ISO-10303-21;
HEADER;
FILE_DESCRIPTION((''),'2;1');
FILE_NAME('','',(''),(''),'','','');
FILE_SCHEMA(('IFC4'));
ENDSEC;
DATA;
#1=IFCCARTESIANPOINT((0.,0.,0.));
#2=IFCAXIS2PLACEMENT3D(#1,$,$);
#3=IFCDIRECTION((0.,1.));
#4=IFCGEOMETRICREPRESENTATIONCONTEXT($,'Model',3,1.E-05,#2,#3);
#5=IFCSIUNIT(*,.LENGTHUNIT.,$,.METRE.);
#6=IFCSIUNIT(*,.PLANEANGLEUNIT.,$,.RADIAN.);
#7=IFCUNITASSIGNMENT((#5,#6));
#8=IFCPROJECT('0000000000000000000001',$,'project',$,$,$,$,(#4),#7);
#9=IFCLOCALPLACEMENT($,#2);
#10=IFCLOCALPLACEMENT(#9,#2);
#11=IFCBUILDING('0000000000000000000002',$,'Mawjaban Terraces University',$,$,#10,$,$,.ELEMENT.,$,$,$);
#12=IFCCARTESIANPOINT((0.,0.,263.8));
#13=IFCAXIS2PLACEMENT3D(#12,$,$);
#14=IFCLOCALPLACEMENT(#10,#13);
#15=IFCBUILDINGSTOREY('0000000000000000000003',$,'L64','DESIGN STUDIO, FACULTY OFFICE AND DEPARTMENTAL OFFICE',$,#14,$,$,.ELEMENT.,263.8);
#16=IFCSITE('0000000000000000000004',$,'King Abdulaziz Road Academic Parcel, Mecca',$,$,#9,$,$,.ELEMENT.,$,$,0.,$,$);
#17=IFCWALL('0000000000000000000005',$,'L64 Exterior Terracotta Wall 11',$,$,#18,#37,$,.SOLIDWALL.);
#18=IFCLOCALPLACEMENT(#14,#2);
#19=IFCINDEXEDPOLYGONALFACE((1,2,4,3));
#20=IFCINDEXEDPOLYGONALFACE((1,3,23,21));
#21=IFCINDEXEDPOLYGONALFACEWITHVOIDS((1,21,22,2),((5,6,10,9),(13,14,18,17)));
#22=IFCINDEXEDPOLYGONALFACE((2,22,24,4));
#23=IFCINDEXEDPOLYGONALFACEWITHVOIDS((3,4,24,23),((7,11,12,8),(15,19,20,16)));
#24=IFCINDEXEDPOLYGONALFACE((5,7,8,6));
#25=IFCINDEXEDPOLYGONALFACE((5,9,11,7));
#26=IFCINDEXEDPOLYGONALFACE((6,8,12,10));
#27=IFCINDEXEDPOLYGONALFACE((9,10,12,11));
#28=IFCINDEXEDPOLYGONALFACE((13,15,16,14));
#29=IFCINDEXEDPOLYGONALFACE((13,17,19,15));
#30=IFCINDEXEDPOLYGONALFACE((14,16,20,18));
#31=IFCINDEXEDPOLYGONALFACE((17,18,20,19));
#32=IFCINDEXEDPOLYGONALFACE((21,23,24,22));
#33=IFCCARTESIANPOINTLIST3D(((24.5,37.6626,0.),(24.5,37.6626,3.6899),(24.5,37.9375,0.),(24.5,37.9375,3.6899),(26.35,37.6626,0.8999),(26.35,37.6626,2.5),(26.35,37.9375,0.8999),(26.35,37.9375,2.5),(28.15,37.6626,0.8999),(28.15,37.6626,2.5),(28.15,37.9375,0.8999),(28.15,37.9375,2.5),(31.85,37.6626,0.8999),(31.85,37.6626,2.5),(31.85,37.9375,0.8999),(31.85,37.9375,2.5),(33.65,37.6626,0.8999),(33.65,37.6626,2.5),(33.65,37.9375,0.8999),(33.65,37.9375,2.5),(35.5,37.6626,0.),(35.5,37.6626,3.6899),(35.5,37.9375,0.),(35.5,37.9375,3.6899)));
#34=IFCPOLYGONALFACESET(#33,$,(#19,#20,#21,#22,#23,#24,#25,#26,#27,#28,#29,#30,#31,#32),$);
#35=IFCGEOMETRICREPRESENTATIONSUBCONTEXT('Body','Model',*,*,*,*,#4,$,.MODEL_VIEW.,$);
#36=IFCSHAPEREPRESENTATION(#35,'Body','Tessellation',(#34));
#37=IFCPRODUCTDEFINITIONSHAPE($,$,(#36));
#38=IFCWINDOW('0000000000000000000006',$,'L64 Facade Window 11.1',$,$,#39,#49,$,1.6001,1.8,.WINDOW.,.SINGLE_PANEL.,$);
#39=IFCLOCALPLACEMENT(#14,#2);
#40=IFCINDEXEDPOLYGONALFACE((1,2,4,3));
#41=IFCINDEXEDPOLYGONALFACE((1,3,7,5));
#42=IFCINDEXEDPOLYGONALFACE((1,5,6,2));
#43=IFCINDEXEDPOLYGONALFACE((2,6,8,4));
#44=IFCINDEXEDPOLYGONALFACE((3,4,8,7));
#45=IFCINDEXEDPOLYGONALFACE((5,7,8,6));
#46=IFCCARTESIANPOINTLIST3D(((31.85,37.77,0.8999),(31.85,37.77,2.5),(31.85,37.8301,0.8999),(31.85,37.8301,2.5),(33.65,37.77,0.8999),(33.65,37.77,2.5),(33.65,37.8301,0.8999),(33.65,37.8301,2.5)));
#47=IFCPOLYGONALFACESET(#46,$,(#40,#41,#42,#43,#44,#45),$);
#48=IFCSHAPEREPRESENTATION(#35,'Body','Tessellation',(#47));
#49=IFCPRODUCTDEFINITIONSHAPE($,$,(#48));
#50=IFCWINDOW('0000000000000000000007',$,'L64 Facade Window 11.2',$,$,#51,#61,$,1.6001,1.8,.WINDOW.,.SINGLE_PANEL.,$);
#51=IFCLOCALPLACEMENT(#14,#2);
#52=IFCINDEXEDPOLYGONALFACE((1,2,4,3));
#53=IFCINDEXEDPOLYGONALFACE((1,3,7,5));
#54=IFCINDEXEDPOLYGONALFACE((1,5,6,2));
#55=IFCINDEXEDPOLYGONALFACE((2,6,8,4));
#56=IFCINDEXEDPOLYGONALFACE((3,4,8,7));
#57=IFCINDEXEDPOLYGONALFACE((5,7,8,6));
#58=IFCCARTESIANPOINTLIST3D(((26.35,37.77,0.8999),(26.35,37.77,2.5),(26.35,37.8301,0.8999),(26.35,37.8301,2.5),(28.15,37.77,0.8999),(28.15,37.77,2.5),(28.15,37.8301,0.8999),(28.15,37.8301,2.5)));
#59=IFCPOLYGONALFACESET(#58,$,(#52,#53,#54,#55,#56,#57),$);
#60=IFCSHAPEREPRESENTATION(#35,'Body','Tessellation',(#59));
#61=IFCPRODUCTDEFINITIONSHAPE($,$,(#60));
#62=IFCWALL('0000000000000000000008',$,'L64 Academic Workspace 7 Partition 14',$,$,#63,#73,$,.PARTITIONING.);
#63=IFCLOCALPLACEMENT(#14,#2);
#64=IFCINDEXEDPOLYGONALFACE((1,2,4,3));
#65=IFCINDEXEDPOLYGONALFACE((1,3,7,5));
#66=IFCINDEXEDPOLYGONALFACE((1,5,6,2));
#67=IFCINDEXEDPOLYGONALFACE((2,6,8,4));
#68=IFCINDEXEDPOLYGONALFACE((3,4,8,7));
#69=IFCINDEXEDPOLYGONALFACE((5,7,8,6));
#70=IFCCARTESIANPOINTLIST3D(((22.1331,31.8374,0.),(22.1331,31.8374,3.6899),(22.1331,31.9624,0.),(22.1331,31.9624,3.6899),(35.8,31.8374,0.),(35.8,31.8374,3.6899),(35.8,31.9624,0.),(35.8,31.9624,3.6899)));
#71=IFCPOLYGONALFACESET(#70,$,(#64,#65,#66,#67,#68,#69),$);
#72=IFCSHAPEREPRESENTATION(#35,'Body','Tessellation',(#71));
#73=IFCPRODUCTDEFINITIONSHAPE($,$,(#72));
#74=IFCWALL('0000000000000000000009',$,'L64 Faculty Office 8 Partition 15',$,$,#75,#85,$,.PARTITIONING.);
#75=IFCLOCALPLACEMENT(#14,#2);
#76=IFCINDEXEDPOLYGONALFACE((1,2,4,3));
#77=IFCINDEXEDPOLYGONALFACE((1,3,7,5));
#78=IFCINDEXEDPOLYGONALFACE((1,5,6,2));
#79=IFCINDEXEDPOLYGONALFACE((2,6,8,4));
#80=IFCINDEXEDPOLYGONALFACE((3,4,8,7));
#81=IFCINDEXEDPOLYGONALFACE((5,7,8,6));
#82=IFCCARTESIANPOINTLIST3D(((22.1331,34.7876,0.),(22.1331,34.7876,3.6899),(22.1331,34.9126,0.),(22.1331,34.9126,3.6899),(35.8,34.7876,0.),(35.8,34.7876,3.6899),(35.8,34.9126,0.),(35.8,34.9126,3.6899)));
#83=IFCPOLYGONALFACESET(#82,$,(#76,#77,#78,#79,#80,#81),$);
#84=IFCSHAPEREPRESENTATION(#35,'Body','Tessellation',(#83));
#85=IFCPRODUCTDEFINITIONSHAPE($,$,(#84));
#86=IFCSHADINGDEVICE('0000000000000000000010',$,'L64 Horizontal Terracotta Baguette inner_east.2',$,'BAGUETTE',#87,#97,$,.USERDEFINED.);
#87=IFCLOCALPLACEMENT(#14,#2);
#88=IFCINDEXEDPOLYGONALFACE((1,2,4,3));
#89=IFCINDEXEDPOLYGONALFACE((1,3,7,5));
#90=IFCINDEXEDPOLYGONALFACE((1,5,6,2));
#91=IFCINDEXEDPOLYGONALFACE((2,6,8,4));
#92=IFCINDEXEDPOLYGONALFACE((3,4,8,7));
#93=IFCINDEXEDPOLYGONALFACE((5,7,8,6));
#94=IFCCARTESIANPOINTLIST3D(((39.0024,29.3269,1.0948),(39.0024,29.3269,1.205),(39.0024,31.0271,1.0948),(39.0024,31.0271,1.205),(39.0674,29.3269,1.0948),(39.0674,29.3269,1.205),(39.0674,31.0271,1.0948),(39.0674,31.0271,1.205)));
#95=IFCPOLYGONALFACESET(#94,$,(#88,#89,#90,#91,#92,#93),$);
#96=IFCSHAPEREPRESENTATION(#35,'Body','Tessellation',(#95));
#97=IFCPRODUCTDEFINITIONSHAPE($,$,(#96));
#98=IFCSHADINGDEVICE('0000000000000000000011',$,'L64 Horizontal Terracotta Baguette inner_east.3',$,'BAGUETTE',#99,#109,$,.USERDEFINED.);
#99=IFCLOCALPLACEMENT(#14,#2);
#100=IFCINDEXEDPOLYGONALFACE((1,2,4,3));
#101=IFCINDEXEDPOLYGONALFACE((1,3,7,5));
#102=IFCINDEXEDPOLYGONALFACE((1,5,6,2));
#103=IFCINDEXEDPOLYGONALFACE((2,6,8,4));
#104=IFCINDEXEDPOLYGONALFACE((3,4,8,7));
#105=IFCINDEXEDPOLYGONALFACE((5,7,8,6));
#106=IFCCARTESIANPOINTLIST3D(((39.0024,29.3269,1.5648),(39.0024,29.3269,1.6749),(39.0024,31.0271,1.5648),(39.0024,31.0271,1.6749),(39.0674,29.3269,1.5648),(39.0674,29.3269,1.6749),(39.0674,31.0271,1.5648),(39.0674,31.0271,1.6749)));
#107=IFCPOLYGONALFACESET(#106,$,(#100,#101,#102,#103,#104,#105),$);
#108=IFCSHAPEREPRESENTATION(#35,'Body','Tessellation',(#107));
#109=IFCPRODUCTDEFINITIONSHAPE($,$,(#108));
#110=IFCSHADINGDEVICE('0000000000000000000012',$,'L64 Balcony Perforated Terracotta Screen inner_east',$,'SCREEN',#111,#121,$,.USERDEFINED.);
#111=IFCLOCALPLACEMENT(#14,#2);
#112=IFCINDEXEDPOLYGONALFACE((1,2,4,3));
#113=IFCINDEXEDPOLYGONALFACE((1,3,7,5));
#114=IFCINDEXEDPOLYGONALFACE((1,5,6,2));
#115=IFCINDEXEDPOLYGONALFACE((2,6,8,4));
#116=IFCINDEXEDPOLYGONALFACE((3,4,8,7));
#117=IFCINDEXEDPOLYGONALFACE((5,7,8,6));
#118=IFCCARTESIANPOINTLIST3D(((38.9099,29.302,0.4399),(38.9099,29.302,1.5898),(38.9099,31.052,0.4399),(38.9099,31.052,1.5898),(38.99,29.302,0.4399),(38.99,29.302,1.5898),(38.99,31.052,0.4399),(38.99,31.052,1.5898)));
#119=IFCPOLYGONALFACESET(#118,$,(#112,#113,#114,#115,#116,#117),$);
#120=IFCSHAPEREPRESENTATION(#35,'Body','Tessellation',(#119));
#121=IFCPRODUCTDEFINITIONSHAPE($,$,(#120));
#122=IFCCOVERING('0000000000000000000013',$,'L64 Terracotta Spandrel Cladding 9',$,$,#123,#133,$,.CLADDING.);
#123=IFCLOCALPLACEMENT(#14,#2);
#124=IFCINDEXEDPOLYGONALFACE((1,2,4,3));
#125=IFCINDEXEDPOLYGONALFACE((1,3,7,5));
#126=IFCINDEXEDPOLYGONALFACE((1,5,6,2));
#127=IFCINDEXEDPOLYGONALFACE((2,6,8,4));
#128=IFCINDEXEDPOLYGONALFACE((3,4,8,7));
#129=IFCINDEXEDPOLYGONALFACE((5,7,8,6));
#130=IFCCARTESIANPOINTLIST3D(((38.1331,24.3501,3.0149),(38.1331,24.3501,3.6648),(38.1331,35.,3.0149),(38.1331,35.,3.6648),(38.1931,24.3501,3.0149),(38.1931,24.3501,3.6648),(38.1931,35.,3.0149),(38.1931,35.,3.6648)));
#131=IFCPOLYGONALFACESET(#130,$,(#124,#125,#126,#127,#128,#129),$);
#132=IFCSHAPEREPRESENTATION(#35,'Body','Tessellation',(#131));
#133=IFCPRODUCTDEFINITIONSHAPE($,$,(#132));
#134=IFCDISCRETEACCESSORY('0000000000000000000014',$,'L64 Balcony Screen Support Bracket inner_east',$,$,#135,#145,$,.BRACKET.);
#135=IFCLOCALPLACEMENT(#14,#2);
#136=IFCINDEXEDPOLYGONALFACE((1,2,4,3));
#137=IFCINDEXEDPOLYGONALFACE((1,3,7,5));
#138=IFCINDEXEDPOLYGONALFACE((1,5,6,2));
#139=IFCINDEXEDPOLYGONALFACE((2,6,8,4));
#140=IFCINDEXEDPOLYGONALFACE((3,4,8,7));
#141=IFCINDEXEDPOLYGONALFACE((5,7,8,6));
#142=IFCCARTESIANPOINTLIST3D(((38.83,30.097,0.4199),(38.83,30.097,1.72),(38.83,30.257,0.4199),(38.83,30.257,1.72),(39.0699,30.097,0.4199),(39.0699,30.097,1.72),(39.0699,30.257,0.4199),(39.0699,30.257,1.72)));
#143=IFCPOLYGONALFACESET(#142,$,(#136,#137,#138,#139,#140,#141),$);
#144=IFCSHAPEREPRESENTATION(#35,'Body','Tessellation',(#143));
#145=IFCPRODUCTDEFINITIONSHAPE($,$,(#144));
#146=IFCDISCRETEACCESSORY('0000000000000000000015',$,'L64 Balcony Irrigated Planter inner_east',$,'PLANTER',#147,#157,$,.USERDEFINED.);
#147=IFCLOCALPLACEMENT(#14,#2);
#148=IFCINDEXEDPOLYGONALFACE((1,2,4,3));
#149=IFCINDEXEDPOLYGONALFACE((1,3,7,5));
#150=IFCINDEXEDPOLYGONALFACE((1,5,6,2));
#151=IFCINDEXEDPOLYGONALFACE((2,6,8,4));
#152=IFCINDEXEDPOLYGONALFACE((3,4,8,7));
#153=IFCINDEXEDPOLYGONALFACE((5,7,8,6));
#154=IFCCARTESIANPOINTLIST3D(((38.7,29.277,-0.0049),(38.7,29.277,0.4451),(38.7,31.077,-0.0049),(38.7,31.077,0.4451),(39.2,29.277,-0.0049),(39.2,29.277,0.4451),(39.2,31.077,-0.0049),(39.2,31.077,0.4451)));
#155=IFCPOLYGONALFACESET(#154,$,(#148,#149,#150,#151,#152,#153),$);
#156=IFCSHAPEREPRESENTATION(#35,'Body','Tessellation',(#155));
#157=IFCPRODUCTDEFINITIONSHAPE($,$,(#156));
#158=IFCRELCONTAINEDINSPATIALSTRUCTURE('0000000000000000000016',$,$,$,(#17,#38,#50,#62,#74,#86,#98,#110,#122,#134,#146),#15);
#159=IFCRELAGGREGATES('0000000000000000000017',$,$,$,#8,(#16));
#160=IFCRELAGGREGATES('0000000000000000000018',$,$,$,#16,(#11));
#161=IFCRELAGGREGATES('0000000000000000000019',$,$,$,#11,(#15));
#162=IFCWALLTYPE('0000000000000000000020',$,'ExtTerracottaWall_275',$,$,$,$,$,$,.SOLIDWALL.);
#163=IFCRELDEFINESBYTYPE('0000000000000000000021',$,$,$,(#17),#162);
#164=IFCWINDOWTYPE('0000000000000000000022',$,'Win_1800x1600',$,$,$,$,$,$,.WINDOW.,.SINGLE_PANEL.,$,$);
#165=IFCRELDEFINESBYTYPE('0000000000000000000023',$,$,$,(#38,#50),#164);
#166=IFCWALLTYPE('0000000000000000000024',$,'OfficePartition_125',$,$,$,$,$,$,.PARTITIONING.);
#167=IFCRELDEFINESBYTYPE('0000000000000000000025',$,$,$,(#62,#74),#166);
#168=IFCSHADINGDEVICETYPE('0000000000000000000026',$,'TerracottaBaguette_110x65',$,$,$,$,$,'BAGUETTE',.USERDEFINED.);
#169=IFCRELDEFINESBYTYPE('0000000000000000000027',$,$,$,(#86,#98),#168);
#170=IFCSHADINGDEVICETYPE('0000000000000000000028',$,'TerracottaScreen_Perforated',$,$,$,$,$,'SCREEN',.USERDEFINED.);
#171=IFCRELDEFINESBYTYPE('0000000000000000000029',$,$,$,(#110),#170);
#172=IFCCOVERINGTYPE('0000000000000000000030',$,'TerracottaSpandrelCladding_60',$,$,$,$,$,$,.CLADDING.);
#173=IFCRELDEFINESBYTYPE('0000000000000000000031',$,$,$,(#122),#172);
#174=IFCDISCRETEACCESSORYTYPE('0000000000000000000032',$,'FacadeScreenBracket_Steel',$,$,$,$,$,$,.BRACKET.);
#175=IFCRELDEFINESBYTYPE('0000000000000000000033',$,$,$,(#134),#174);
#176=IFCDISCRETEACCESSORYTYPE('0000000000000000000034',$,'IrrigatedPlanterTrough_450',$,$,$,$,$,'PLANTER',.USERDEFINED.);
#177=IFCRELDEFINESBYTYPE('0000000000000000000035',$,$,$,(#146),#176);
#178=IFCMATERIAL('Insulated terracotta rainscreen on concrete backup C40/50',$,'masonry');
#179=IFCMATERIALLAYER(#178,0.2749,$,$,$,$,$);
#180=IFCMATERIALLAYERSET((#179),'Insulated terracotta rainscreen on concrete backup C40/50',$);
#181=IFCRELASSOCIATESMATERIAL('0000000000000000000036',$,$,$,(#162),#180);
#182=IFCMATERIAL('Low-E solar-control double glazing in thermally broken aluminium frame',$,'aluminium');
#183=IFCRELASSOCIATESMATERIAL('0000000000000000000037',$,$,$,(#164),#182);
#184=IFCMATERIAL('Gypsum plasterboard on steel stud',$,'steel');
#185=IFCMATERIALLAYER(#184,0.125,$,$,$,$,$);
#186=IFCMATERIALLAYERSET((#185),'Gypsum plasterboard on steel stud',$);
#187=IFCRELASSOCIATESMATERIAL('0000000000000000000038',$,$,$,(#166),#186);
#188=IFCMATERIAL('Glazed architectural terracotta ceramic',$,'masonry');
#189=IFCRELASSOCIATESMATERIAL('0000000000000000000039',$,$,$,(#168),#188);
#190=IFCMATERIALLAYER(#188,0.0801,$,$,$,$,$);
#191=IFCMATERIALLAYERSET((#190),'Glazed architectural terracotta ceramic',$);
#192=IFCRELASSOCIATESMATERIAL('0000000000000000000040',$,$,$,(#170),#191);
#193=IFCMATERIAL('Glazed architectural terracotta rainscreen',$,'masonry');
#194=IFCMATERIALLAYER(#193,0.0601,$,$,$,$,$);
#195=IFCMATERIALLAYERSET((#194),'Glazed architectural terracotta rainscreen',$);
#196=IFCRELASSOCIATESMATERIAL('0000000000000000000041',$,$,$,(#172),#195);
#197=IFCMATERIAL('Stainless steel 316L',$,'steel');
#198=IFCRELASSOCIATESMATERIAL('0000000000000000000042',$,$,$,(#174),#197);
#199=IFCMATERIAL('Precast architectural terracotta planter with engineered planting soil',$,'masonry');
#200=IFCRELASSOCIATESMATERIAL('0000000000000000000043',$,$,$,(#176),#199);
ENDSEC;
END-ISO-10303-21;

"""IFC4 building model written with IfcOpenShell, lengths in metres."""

from ifc_helpers import new_model, si_unit, direction, frame, frame_2d, origin, origin_2d, place, context, subcontext, project, spatial, rectangle, extrude, material, layer, layer_set, material_profile, profile_set, type_object, element, fill, save


model = new_model("IFC4")

# Units and contexts
model_context = context("Model", 3, precision=1e-05, world=origin(), true_north=direction((0.0, 1.0)))
body_context = subcontext(model_context, "Body", "Model", "MODEL_VIEW")
ifc_project = project(units=[si_unit("LENGTHUNIT", "METRE"), si_unit("PLANEANGLEUNIT", "RADIAN")], contexts=[model_context])

# Site, building, storey
site_placement = place(None, origin())
site = spatial("IfcSite", under=ifc_project, at=site_placement, Name="King Abdulaziz Road Academic Parcel, Mecca", CompositionType="ELEMENT", RefElevation=0.0)
building_placement = place(site_placement, origin())
building = spatial("IfcBuilding", under=site, at=building_placement, Name="Mawjaban Terraces University", CompositionType="ELEMENT")
storey_placement = place(building_placement, frame((0.0, 0.0, 263.8)))
storey = spatial("IfcBuildingStorey", under=building, at=storey_placement, Name="L64", Description="DESIGN STUDIO, FACULTY OFFICE AND DEPARTMENTAL OFFICE", CompositionType="ELEMENT", Elevation=263.8)

# Shared definitions
ifc_material_1 = material(Name="Insulated terracotta rainscreen on concrete backup C40/50", Category="masonry")
ifc_layer_1 = layer(ifc_material_1, 0.2749)
ifc_layer_set_1 = layer_set([ifc_layer_1], Name="Insulated terracotta rainscreen on concrete backup C40/50")
wall_type_1 = type_object("IfcWallType", Name="ExtTerracottaWall_275", PredefinedType="SOLIDWALL", material=ifc_layer_set_1)

# Wall, openings, windows
wall_1_placement = place(storey_placement, frame((35.5, 37.8, 0.0), z_axis=(0.0, 0.0, 1.0), x_axis=(-1.0, 0.0, 0.0)))
wall_1 = element("IfcWall", 1, at=wall_1_placement, inside=storey, type_object=wall_type_1, Name="L64 Exterior Terracotta Wall 11", PredefinedType="SOLIDWALL", context=body_context, shape_type="SweptSolid", body=[
    extrude(rectangle(XDim=11.0, YDim=0.2749, at=frame_2d((5.5, 0.0))), origin(), (0.0, 0.0, 1.0), 3.6899),
])
opening_1_placement = place(wall_1_placement, frame((1.8501, 0.0, 0.8999)))
opening_1 = element("IfcOpeningElement", 2, at=opening_1_placement, cuts=wall_1, PredefinedType="OPENING", context=body_context, shape_type="SweptSolid", body=[
    extrude(rectangle(XDim=1.8, YDim=1.6001, at=frame_2d((0.8999, 0.8))), frame((0.0, 0.1475, 0.0), z_axis=(0.0, -1.0, 0.0), x_axis=(1.0, 0.0, 0.0)), (0.0, 0.0, 1.0), 0.2949),
])
opening_2_placement = place(wall_1_placement, frame((7.3501, 0.0, 0.8999)))
opening_2 = element("IfcOpeningElement", 3, at=opening_2_placement, cuts=wall_1, PredefinedType="OPENING", context=body_context, shape_type="SweptSolid", body=[
    extrude(rectangle(XDim=1.8, YDim=1.6001, at=frame_2d((0.8999, 0.8))), frame((0.0, 0.1475, 0.0), z_axis=(0.0, -1.0, 0.0), x_axis=(1.0, 0.0, 0.0)), (0.0, 0.0, 1.0), 0.2949),
])
ifc_material_2 = material(Name="Low-E solar-control double glazing in thermally broken aluminium frame", Category="aluminium")
window_type = type_object("IfcWindowType", Name="Win_1800x1600", PartitioningType="SINGLE_PANEL", PredefinedType="WINDOW", material=ifc_material_2)
window_1_placement = place(opening_1_placement, origin())
window_1 = element("IfcWindow", 4, at=window_1_placement, inside=storey, type_object=window_type, Name="L64 Facade Window 11.1", OverallHeight=1.6001, OverallWidth=1.8, PartitioningType="SINGLE_PANEL", PredefinedType="WINDOW", context=body_context, shape_type="SweptSolid", body=[
    extrude(rectangle(XDim=1.8, YDim=1.6001, at=frame_2d((0.8999, 0.8))), frame((0.0, 0.03, 0.0), z_axis=(0.0, -1.0, 0.0), x_axis=(1.0, 0.0, 0.0)), (0.0, 0.0, 1.0), 0.0601),
])
fill(opening_1, window_1)
window_2_placement = place(opening_2_placement, origin())
window_2 = element("IfcWindow", 5, at=window_2_placement, inside=storey, type_object=window_type, Name="L64 Facade Window 11.2", OverallHeight=1.6001, OverallWidth=1.8, PartitioningType="SINGLE_PANEL", PredefinedType="WINDOW", context=body_context, shape_type="SweptSolid", body=[
    extrude(rectangle(XDim=1.8, YDim=1.6001, at=frame_2d((0.8999, 0.8))), frame((0.0, 0.03, 0.0), z_axis=(0.0, -1.0, 0.0), x_axis=(1.0, 0.0, 0.0)), (0.0, 0.0, 1.0), 0.0601),
])
fill(opening_2, window_2)

# Walls
ifc_material_3 = material(Name="Gypsum plasterboard on steel stud", Category="steel")
ifc_layer_2 = layer(ifc_material_3, 0.125)
ifc_layer_set_2 = layer_set([ifc_layer_2], Name="Gypsum plasterboard on steel stud")
wall_type_2 = type_object("IfcWallType", Name="OfficePartition_125", PredefinedType="PARTITIONING", material=ifc_layer_set_2)
for number, where, z_axis, x_axis, name in (
    (6, (35.8, 31.8999, 0.0), (0.0, 0.0, 1.0), (-1.0, 0.0, 0.0), "L64 Academic Workspace 7 Partition 14"),
    (7, (35.8, 34.8501, 0.0), (0.0, 0.0, 1.0), (-1.0, 0.0, 0.0), "L64 Faculty Office 8 Partition 15"),
):
    element("IfcWall", number, at=place(storey_placement, frame(where, z_axis=z_axis, x_axis=x_axis)), inside=storey, type_object=wall_type_2, Name=name, PredefinedType="PARTITIONING", context=body_context, shape_type="SweptSolid", body=[
        extrude(rectangle(XDim=13.667, YDim=0.125, at=frame_2d((6.8335, 0.0))), origin(), (0.0, 0.0, 1.0), 3.6899),
    ])

# Shading devices
ifc_material_4 = material(Name="Glazed architectural terracotta ceramic", Category="masonry")
ifc_material_profile_1 = material_profile(ifc_material_4, rectangle(XDim=0.0649, YDim=0.1101, at=origin_2d()), Name="TBAG110X65")
ifc_profile_set_1 = profile_set([ifc_material_profile_1], Name="Glazed architectural terracotta ceramic")
shading_device_type_1 = type_object("IfcShadingDeviceType", Name="TerracottaBaguette_110x65", ElementType="BAGUETTE", PredefinedType="USERDEFINED", material=ifc_profile_set_1)
for number, where, z_axis, x_axis, name in (
    (8, (39.0349, 29.3269, 1.1499), (0.0, 1.0, 0.0), (-1.0, 0.0, 0.0), "L64 Horizontal Terracotta Baguette inner_east.2"),
    (9, (39.0349, 29.3269, 1.6199), (0.0, 1.0, 0.0), (-1.0, 0.0, 0.0), "L64 Horizontal Terracotta Baguette inner_east.3"),
):
    element("IfcShadingDevice", number, at=place(storey_placement, frame(where, z_axis=z_axis, x_axis=x_axis)), inside=storey, type_object=shading_device_type_1, Name=name, ObjectType="BAGUETTE", PredefinedType="USERDEFINED", context=body_context, shape_type="SweptSolid", body=[
        extrude(rectangle(XDim=0.0649, YDim=0.1101, at=origin_2d()), origin(), (0.0, 0.0, 1.0), 1.7002),
    ])
ifc_layer_3 = layer(ifc_material_4, 0.0801)
ifc_layer_set_3 = layer_set([ifc_layer_3], Name="Glazed architectural terracotta ceramic")
shading_device_type_2 = type_object("IfcShadingDeviceType", Name="TerracottaScreen_Perforated", ElementType="SCREEN", PredefinedType="USERDEFINED", material=ifc_layer_set_3)
shading_device_placement = place(storey_placement, frame((38.95, 30.177, 0.4399), z_axis=(0.0, 0.0, 1.0), x_axis=(0.0, 1.0, 0.0)))
element("IfcShadingDevice", 10, at=shading_device_placement, inside=storey, type_object=shading_device_type_2, Name="L64 Balcony Perforated Terracotta Screen inner_east", ObjectType="SCREEN", PredefinedType="USERDEFINED", context=body_context, shape_type="SweptSolid", body=[
    extrude(rectangle(XDim=1.75, YDim=0.0801, at=origin_2d()), origin(), (0.0, 0.0, 1.0), 1.1499),
])

# Covering
ifc_material_5 = material(Name="Glazed architectural terracotta rainscreen", Category="masonry")
ifc_layer_4 = layer(ifc_material_5, 0.0601)
ifc_layer_set_4 = layer_set([ifc_layer_4], Name="Glazed architectural terracotta rainscreen")
covering_type = type_object("IfcCoveringType", Name="TerracottaSpandrelCladding_60", PredefinedType="CLADDING", material=ifc_layer_set_4)
covering_placement = place(storey_placement, frame((38.1631, 29.675, 3.0149), z_axis=(0.0, 0.0, 1.0), x_axis=(0.0, 1.0, 0.0)))
element("IfcCovering", 11, at=covering_placement, inside=storey, type_object=covering_type, Name="L64 Terracotta Spandrel Cladding 9", PredefinedType="CLADDING", context=body_context, shape_type="SweptSolid", body=[
    extrude(rectangle(XDim=10.6499, YDim=0.0601, at=origin_2d()), origin(), (0.0, 0.0, 1.0), 0.6499),
])

# Discrete accessories
ifc_material_6 = material(Name="Stainless steel 316L", Category="steel")
discrete_accessory_type_1 = type_object("IfcDiscreteAccessoryType", Name="FacadeScreenBracket_Steel", PredefinedType="BRACKET", material=ifc_material_6)
discrete_accessory_1_placement = place(storey_placement, frame((38.95, 30.177, 0.4199), z_axis=(0.0, 0.0, 1.0), x_axis=(0.0, 1.0, 0.0)))
element("IfcDiscreteAccessory", 12, at=discrete_accessory_1_placement, inside=storey, type_object=discrete_accessory_type_1, Name="L64 Balcony Screen Support Bracket inner_east", PredefinedType="BRACKET", context=body_context, shape_type="SweptSolid", body=[
    extrude(rectangle(XDim=0.1599, YDim=0.24, at=origin_2d()), origin(), (0.0, 0.0, 1.0), 1.3),
])
ifc_material_7 = material(Name="Precast architectural terracotta planter with engineered planting soil", Category="masonry")
discrete_accessory_type_2 = type_object("IfcDiscreteAccessoryType", Name="IrrigatedPlanterTrough_450", ElementType="PLANTER", PredefinedType="USERDEFINED", material=ifc_material_7)
discrete_accessory_2_placement = place(storey_placement, frame((38.95, 30.177, -0.0049), z_axis=(0.0, 0.0, 1.0), x_axis=(0.0, 1.0, 0.0)))
element("IfcDiscreteAccessory", 13, at=discrete_accessory_2_placement, inside=storey, type_object=discrete_accessory_type_2, Name="L64 Balcony Irrigated Planter inner_east", ObjectType="PLANTER", PredefinedType="USERDEFINED", context=body_context, shape_type="SweptSolid", body=[
    extrude(rectangle(XDim=1.8, YDim=0.5, at=origin_2d()), origin(), (0.0, 0.0, 1.0), 0.45),
])

save(model, "model.ifc")
